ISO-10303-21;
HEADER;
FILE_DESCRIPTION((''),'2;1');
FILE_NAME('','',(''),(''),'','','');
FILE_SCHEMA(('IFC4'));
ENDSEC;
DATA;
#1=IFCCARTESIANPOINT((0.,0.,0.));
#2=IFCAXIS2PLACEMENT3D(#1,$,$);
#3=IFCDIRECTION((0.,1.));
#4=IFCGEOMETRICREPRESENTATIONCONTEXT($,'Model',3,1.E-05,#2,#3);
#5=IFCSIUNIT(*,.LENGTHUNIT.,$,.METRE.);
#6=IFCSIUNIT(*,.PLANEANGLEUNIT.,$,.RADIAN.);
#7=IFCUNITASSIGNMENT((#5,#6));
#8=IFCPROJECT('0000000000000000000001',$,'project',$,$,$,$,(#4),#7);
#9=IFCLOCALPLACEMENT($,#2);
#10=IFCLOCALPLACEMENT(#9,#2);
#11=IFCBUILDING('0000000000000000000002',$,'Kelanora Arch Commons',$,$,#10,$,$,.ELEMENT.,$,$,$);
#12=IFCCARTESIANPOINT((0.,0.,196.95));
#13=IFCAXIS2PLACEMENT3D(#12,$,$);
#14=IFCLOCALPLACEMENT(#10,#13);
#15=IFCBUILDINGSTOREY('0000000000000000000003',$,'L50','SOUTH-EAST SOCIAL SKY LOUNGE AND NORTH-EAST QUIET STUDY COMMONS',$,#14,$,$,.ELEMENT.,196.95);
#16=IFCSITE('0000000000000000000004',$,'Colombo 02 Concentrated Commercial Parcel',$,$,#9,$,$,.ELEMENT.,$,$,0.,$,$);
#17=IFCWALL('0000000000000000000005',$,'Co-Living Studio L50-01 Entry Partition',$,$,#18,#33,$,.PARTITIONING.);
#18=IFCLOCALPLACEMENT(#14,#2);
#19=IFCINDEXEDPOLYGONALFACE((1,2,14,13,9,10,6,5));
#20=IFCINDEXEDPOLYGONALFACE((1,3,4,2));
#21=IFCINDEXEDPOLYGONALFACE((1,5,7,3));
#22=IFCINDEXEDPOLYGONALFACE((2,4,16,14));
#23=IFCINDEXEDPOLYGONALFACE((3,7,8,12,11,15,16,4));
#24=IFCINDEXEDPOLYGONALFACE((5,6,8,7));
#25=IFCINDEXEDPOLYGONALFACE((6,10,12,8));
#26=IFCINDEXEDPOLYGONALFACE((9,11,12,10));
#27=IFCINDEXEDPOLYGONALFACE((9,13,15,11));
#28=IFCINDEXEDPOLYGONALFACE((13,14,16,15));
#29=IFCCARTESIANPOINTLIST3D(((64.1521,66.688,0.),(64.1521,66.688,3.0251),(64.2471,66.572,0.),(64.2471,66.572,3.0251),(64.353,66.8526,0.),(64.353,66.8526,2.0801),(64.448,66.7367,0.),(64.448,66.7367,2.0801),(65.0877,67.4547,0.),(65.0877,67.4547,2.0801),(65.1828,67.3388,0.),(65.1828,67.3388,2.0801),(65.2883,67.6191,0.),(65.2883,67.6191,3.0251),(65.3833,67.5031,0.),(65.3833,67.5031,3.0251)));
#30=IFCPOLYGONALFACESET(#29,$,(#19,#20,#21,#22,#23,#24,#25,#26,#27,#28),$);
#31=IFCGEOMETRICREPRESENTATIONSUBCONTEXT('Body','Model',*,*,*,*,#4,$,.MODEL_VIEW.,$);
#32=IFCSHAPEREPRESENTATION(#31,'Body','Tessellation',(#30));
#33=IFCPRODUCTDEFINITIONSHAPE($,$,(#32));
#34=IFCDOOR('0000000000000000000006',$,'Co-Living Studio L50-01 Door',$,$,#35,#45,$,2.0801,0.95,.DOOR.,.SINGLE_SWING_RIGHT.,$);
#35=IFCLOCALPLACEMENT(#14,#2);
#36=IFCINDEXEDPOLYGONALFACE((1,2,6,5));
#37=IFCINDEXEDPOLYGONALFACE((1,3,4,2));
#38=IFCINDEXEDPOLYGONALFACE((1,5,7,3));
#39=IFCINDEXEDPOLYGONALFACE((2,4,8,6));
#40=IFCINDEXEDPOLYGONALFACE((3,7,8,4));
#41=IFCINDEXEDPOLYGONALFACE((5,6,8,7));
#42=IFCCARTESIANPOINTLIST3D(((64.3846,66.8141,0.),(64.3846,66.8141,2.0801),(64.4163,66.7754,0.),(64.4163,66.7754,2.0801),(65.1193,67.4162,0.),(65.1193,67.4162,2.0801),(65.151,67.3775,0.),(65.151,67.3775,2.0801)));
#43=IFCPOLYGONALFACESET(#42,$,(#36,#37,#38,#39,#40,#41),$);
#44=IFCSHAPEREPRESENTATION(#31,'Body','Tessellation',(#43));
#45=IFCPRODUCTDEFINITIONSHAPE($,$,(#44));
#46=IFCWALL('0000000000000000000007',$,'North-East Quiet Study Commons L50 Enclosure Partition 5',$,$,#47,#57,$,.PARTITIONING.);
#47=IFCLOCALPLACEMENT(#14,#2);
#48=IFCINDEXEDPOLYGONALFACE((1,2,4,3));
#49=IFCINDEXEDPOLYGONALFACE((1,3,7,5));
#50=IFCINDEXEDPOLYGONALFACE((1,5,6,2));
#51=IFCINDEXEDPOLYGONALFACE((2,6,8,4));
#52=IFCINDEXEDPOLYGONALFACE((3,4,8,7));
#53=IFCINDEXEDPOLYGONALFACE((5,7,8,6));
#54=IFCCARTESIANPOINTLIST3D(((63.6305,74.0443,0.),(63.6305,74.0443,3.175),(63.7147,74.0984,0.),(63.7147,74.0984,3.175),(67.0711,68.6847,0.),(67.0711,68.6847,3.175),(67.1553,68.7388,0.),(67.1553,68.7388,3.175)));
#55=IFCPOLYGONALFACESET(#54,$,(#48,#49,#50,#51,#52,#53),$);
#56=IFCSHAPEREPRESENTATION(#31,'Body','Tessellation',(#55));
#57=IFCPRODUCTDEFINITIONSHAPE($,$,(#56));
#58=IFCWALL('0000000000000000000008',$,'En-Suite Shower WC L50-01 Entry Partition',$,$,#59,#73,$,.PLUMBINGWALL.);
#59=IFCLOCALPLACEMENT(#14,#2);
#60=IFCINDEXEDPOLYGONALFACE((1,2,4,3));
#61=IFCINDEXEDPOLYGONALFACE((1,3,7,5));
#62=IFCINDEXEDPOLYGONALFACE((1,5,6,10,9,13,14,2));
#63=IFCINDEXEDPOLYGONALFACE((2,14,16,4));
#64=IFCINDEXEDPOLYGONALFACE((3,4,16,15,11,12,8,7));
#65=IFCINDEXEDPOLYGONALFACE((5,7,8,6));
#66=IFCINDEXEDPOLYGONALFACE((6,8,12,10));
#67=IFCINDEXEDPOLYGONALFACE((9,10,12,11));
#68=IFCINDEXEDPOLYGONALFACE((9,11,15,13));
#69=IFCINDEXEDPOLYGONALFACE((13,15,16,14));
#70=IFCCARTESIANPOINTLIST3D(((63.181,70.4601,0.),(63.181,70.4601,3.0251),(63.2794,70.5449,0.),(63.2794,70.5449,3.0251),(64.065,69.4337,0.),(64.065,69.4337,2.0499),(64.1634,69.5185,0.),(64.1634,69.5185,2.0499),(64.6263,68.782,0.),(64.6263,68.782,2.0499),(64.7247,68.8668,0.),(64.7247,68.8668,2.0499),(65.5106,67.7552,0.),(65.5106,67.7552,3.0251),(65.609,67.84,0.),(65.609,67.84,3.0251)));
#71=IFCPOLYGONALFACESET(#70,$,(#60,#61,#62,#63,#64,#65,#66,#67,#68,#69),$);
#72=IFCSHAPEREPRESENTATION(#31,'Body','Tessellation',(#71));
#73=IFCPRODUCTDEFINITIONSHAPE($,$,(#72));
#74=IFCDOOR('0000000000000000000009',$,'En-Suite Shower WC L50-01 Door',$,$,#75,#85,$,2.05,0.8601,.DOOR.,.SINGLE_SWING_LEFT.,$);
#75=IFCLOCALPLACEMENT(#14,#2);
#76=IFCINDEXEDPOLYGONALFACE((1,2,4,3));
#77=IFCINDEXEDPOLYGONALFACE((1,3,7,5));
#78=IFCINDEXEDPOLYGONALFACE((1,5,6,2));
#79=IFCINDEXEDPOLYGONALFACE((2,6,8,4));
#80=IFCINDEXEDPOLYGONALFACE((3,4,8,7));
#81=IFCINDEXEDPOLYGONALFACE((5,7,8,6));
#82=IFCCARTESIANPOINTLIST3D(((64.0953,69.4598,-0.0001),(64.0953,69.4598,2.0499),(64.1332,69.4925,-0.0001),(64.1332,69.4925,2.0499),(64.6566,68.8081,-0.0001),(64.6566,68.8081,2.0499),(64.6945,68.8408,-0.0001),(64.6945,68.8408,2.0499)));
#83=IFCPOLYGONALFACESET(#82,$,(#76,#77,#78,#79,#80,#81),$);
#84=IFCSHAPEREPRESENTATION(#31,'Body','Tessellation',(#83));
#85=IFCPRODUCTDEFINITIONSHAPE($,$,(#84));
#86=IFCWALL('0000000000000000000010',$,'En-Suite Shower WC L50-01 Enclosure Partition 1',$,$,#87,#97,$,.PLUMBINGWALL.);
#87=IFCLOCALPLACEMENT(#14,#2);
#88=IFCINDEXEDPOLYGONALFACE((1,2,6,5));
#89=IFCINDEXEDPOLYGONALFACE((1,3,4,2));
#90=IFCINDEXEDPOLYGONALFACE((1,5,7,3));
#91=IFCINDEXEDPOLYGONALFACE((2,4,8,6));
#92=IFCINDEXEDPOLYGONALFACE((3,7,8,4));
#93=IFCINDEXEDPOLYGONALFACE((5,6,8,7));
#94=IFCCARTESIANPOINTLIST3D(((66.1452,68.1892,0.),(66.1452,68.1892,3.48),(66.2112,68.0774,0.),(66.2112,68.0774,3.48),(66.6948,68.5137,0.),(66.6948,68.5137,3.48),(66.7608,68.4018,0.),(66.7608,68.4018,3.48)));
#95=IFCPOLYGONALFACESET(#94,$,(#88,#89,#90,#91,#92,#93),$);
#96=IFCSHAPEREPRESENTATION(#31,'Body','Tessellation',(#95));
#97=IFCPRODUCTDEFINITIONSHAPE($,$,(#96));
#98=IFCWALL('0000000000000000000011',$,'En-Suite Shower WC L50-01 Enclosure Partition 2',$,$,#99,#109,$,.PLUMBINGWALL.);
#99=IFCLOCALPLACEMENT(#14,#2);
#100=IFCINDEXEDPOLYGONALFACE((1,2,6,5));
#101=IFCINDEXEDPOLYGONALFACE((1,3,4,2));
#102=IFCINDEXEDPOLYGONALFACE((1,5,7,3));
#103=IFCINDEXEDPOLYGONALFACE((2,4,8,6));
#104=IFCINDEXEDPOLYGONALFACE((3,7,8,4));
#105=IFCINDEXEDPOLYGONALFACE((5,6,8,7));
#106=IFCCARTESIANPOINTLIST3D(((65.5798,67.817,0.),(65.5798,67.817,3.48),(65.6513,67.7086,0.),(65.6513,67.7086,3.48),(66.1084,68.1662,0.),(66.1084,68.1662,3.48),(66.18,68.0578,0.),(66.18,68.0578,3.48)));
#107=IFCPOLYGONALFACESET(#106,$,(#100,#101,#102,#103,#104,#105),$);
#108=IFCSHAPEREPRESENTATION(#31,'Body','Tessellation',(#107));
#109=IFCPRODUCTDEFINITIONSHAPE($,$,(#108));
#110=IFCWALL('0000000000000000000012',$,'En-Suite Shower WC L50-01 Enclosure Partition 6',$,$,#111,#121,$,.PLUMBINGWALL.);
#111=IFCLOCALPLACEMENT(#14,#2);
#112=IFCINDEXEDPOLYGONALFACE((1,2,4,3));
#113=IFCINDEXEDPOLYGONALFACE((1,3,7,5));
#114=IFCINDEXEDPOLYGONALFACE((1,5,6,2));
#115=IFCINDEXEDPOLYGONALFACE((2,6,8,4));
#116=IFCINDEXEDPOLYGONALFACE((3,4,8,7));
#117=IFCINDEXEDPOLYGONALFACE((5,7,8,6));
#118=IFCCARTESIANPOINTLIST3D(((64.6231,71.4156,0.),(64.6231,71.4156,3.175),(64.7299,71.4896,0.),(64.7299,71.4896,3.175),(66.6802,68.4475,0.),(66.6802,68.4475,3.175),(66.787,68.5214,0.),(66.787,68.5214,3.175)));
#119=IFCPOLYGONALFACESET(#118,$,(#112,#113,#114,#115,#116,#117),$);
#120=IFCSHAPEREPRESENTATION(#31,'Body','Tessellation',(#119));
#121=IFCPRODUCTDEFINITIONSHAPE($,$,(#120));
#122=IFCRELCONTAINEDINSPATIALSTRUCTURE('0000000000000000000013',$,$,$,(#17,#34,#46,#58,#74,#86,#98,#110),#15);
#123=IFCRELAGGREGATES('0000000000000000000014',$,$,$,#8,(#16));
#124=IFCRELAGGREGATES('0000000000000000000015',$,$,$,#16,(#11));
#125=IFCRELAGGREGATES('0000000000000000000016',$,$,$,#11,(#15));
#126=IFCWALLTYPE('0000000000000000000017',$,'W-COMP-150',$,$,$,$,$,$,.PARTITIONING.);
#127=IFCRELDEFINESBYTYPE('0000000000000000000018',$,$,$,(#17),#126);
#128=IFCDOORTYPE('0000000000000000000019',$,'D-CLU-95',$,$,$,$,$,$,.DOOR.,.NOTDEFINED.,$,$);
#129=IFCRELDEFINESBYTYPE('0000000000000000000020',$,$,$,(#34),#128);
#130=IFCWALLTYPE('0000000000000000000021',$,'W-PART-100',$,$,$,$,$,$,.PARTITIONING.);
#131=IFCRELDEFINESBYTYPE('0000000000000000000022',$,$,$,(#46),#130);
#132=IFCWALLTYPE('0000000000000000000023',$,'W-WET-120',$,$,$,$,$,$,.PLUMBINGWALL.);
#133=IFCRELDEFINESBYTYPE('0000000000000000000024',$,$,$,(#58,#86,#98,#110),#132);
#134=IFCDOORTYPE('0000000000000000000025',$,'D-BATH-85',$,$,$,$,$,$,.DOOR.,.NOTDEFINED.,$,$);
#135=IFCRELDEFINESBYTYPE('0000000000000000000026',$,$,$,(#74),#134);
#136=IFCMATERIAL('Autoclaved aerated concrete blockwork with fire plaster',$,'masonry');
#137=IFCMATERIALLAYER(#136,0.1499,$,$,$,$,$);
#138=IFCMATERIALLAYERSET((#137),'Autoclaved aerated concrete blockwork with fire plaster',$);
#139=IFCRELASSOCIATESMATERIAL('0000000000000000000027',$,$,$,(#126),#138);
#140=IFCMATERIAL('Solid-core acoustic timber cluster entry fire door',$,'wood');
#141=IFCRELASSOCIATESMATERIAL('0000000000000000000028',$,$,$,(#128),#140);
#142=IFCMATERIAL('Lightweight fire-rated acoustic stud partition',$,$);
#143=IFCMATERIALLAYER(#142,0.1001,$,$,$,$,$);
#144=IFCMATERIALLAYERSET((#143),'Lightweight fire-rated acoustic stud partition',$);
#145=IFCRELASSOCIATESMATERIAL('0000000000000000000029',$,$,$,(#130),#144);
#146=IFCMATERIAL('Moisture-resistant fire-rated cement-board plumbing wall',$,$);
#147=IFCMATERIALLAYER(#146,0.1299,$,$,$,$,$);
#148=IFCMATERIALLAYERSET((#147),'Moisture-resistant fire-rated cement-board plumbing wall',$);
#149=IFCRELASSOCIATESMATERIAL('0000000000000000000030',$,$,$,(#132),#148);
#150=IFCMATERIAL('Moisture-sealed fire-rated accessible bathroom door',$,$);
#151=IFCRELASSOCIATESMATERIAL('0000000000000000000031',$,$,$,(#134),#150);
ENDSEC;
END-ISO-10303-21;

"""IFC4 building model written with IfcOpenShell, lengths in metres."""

from ifc_helpers import new_model, si_unit, direction, frame, frame_2d, origin, place, context, subcontext, project, spatial, rectangle, extrude, material, layer, layer_set, type_object, element, fill, save


model = new_model("IFC4")

# Units and contexts
model_context = context("Model", 3, precision=1e-05, world=origin(), true_north=direction((0.0, 1.0)))
body_context = subcontext(model_context, "Body", "Model", "MODEL_VIEW")
ifc_project = project(units=[si_unit("LENGTHUNIT", "METRE"), si_unit("PLANEANGLEUNIT", "RADIAN")], contexts=[model_context])

# Site, building, storey
site_placement = place(None, origin())
site = spatial("IfcSite", under=ifc_project, at=site_placement, Name="Colombo 02 Concentrated Commercial Parcel", CompositionType="ELEMENT", RefElevation=0.0)
building_placement = place(site_placement, origin())
building = spatial("IfcBuilding", under=site, at=building_placement, Name="Kelanora Arch Commons", CompositionType="ELEMENT")
storey_placement = place(building_placement, frame((0.0, 0.0, 196.95)))
storey = spatial("IfcBuildingStorey", under=building, at=storey_placement, Name="L50", Description="SOUTH-EAST SOCIAL SKY LOUNGE AND NORTH-EAST QUIET STUDY COMMONS", CompositionType="ELEMENT", Elevation=196.95)

# Wall, opening, door
ifc_material_1 = material(Name="Autoclaved aerated concrete blockwork with fire plaster", Category="masonry")
ifc_layer_1 = layer(ifc_material_1, 0.1499)
ifc_layer_set_1 = layer_set([ifc_layer_1], Name="Autoclaved aerated concrete blockwork with fire plaster")
wall_type_1 = type_object("IfcWallType", Name="W-COMP-150", PredefinedType="PARTITIONING", material=ifc_layer_set_1)
wall_1_placement = place(storey_placement, frame((65.3357, 67.561, 0.0), z_axis=(0.0, 0.0, 1.0), x_axis=(-0.773454, -0.633853, 0.0)))
wall_1 = element("IfcWall", 1, at=wall_1_placement, inside=storey, type_object=wall_type_1, Name="Co-Living Studio L50-01 Entry Partition", PredefinedType="PARTITIONING", context=body_context, shape_type="SweptSolid", body=[
    extrude(rectangle(XDim=1.469, YDim=0.1499, at=frame_2d((0.7344, 0.0))), origin(), (0.0, 0.0, 1.0), 3.0251),
])
opening_1_placement = place(wall_1_placement, frame((0.259, 0.0, 0.0)))
opening_1 = element("IfcOpeningElement", 2, at=opening_1_placement, cuts=wall_1, PredefinedType="OPENING", context=body_context, shape_type="SweptSolid", body=[
    extrude(rectangle(XDim=0.95, YDim=2.0801, at=frame_2d((0.4751, 1.04))), frame((0.0, 0.085, 0.0), z_axis=(0.0, -1.0, 0.0), x_axis=(1.0, 0.0, 0.0)), (0.0, 0.0, 1.0), 0.1699),
])
ifc_material_2 = material(Name="Solid-core acoustic timber cluster entry fire door", Category="wood")
door_type_1 = type_object("IfcDoorType", Name="D-CLU-95", OperationType="NOTDEFINED", PredefinedType="DOOR", material=ifc_material_2)
door_1_placement = place(opening_1_placement, origin())
door_1 = element("IfcDoor", 3, at=door_1_placement, inside=storey, type_object=door_type_1, Name="Co-Living Studio L50-01 Door", OperationType="SINGLE_SWING_RIGHT", OverallHeight=2.0801, OverallWidth=0.95, PredefinedType="DOOR", context=body_context, shape_type="SweptSolid", body=[
    extrude(rectangle(XDim=0.95, YDim=2.0801, at=frame_2d((0.4751, 1.04))), frame((0.0, 0.0249, 0.0), z_axis=(0.0, -1.0, 0.0), x_axis=(1.0, 0.0, 0.0)), (0.0, 0.0, 1.0), 0.05),
])
fill(opening_1, door_1)

# Wall
ifc_material_3 = material(Name="Lightweight fire-rated acoustic stud partition")
ifc_layer_2 = layer(ifc_material_3, 0.1001)
ifc_layer_set_2 = layer_set([ifc_layer_2], Name="Lightweight fire-rated acoustic stud partition")
wall_type_2 = type_object("IfcWallType", Name="W-PART-100", PredefinedType="PARTITIONING", material=ifc_layer_set_2)
wall_2_placement = place(storey_placement, frame((67.1133, 68.7117, 0.0), z_axis=(0.0, 0.0, 1.0), x_axis=(-0.540225, 0.841521, 0.0)))
element("IfcWall", 4, at=wall_2_placement, inside=storey, type_object=wall_type_2, Name="North-East Quiet Study Commons L50 Enclosure Partition 5", PredefinedType="PARTITIONING", context=body_context, shape_type="SweptSolid", body=[
    extrude(rectangle(XDim=6.3689, YDim=0.1001, at=frame_2d((3.1846, 0.0))), origin(), (0.0, 0.0, 1.0), 3.175),
])

# Wall, opening, door
ifc_material_4 = material(Name="Moisture-resistant fire-rated cement-board plumbing wall")
ifc_layer_3 = layer(ifc_material_4, 0.1299)
ifc_layer_set_3 = layer_set([ifc_layer_3], Name="Moisture-resistant fire-rated cement-board plumbing wall")
wall_type_3 = type_object("IfcWallType", Name="W-WET-120", PredefinedType="PLUMBINGWALL", material=ifc_layer_set_3)
wall_3_placement = place(storey_placement, frame((65.5598, 67.7976, 0.0), z_axis=(0.0, 0.0, 1.0), x_axis=(-0.652592, 0.75771, 0.0)))
wall_3 = element("IfcWall", 5, at=wall_3_placement, inside=storey, type_object=wall_type_3, Name="En-Suite Shower WC L50-01 Entry Partition", PredefinedType="PLUMBINGWALL", context=body_context, shape_type="SweptSolid", body=[
    extrude(rectangle(XDim=3.5698, YDim=0.1299, at=frame_2d((1.7849, 0.0))), origin(), (0.0, 0.0, 1.0), 3.0251),
])
opening_2_placement = place(wall_3_placement, frame((1.355, 0.0, 0.0)))
opening_2 = element("IfcOpeningElement", 6, at=opening_2_placement, cuts=wall_3, PredefinedType="OPENING", context=body_context, shape_type="SweptSolid", body=[
    extrude(rectangle(XDim=0.8601, YDim=2.05, at=frame_2d((0.4302, 1.0249))), frame((0.0, 0.075, 0.0), z_axis=(0.0, -1.0, 0.0), x_axis=(1.0, 0.0, 0.0)), (0.0, 0.0, 1.0), 0.1499),
])
ifc_material_5 = material(Name="Moisture-sealed fire-rated accessible bathroom door")
door_type_2 = type_object("IfcDoorType", Name="D-BATH-85", OperationType="NOTDEFINED", PredefinedType="DOOR", material=ifc_material_5)
door_2_placement = place(opening_2_placement, origin())
door_2 = element("IfcDoor", 7, at=door_2_placement, inside=storey, type_object=door_type_2, Name="En-Suite Shower WC L50-01 Door", OperationType="SINGLE_SWING_LEFT", OverallHeight=2.05, OverallWidth=0.8601, PredefinedType="DOOR", context=body_context, shape_type="SweptSolid", body=[
    extrude(rectangle(XDim=0.8601, YDim=2.05, at=frame_2d((0.4302, 1.0249))), frame((0.0, 0.0249, 0.0), z_axis=(0.0, -1.0, 0.0), x_axis=(1.0, 0.0, 0.0)), (0.0, 0.0, 1.0), 0.05),
])
fill(opening_2, door_2)

# Walls
wall_4_placement = place(storey_placement, frame((66.7278, 68.4578, 0.0), z_axis=(0.0, 0.0, 1.0), x_axis=(-0.861117, -0.508407, 0.0)))
element("IfcWall", 8, at=wall_4_placement, inside=storey, type_object=wall_type_3, Name="En-Suite Shower WC L50-01 Enclosure Partition 1", PredefinedType="PLUMBINGWALL", context=body_context, shape_type="SweptSolid", body=[
    extrude(rectangle(XDim=0.6382, YDim=0.1299, at=frame_2d((0.3191, 0.0))), origin(), (0.0, 0.0, 1.0), 3.48),
])
wall_5_placement = place(storey_placement, frame((66.1443, 68.1121, 0.0), z_axis=(0.0, 0.0, 1.0), x_axis=(-0.834414, -0.551137, 0.0)))
element("IfcWall", 9, at=wall_5_placement, inside=storey, type_object=wall_type_3, Name="En-Suite Shower WC L50-01 Enclosure Partition 2", PredefinedType="PLUMBINGWALL", context=body_context, shape_type="SweptSolid", body=[
    extrude(rectangle(XDim=0.6335, YDim=0.1299, at=frame_2d((0.3169, 0.0))), origin(), (0.0, 0.0, 1.0), 3.48),
])
wall_6_placement = place(storey_placement, frame((64.6765, 71.4526, 0.0), z_axis=(0.0, 0.0, 1.0), x_axis=(0.569618, -0.82191, 0.0)))
element("IfcWall", 10, at=wall_6_placement, inside=storey, type_object=wall_type_3, Name="En-Suite Shower WC L50-01 Enclosure Partition 6", PredefinedType="PLUMBINGWALL", context=body_context, shape_type="SweptSolid", body=[
    extrude(rectangle(XDim=3.6113, YDim=0.1299, at=frame_2d((1.8057, 0.0))), origin(), (0.0, 0.0, 1.0), 3.175),
])

save(model, "model.ifc")
